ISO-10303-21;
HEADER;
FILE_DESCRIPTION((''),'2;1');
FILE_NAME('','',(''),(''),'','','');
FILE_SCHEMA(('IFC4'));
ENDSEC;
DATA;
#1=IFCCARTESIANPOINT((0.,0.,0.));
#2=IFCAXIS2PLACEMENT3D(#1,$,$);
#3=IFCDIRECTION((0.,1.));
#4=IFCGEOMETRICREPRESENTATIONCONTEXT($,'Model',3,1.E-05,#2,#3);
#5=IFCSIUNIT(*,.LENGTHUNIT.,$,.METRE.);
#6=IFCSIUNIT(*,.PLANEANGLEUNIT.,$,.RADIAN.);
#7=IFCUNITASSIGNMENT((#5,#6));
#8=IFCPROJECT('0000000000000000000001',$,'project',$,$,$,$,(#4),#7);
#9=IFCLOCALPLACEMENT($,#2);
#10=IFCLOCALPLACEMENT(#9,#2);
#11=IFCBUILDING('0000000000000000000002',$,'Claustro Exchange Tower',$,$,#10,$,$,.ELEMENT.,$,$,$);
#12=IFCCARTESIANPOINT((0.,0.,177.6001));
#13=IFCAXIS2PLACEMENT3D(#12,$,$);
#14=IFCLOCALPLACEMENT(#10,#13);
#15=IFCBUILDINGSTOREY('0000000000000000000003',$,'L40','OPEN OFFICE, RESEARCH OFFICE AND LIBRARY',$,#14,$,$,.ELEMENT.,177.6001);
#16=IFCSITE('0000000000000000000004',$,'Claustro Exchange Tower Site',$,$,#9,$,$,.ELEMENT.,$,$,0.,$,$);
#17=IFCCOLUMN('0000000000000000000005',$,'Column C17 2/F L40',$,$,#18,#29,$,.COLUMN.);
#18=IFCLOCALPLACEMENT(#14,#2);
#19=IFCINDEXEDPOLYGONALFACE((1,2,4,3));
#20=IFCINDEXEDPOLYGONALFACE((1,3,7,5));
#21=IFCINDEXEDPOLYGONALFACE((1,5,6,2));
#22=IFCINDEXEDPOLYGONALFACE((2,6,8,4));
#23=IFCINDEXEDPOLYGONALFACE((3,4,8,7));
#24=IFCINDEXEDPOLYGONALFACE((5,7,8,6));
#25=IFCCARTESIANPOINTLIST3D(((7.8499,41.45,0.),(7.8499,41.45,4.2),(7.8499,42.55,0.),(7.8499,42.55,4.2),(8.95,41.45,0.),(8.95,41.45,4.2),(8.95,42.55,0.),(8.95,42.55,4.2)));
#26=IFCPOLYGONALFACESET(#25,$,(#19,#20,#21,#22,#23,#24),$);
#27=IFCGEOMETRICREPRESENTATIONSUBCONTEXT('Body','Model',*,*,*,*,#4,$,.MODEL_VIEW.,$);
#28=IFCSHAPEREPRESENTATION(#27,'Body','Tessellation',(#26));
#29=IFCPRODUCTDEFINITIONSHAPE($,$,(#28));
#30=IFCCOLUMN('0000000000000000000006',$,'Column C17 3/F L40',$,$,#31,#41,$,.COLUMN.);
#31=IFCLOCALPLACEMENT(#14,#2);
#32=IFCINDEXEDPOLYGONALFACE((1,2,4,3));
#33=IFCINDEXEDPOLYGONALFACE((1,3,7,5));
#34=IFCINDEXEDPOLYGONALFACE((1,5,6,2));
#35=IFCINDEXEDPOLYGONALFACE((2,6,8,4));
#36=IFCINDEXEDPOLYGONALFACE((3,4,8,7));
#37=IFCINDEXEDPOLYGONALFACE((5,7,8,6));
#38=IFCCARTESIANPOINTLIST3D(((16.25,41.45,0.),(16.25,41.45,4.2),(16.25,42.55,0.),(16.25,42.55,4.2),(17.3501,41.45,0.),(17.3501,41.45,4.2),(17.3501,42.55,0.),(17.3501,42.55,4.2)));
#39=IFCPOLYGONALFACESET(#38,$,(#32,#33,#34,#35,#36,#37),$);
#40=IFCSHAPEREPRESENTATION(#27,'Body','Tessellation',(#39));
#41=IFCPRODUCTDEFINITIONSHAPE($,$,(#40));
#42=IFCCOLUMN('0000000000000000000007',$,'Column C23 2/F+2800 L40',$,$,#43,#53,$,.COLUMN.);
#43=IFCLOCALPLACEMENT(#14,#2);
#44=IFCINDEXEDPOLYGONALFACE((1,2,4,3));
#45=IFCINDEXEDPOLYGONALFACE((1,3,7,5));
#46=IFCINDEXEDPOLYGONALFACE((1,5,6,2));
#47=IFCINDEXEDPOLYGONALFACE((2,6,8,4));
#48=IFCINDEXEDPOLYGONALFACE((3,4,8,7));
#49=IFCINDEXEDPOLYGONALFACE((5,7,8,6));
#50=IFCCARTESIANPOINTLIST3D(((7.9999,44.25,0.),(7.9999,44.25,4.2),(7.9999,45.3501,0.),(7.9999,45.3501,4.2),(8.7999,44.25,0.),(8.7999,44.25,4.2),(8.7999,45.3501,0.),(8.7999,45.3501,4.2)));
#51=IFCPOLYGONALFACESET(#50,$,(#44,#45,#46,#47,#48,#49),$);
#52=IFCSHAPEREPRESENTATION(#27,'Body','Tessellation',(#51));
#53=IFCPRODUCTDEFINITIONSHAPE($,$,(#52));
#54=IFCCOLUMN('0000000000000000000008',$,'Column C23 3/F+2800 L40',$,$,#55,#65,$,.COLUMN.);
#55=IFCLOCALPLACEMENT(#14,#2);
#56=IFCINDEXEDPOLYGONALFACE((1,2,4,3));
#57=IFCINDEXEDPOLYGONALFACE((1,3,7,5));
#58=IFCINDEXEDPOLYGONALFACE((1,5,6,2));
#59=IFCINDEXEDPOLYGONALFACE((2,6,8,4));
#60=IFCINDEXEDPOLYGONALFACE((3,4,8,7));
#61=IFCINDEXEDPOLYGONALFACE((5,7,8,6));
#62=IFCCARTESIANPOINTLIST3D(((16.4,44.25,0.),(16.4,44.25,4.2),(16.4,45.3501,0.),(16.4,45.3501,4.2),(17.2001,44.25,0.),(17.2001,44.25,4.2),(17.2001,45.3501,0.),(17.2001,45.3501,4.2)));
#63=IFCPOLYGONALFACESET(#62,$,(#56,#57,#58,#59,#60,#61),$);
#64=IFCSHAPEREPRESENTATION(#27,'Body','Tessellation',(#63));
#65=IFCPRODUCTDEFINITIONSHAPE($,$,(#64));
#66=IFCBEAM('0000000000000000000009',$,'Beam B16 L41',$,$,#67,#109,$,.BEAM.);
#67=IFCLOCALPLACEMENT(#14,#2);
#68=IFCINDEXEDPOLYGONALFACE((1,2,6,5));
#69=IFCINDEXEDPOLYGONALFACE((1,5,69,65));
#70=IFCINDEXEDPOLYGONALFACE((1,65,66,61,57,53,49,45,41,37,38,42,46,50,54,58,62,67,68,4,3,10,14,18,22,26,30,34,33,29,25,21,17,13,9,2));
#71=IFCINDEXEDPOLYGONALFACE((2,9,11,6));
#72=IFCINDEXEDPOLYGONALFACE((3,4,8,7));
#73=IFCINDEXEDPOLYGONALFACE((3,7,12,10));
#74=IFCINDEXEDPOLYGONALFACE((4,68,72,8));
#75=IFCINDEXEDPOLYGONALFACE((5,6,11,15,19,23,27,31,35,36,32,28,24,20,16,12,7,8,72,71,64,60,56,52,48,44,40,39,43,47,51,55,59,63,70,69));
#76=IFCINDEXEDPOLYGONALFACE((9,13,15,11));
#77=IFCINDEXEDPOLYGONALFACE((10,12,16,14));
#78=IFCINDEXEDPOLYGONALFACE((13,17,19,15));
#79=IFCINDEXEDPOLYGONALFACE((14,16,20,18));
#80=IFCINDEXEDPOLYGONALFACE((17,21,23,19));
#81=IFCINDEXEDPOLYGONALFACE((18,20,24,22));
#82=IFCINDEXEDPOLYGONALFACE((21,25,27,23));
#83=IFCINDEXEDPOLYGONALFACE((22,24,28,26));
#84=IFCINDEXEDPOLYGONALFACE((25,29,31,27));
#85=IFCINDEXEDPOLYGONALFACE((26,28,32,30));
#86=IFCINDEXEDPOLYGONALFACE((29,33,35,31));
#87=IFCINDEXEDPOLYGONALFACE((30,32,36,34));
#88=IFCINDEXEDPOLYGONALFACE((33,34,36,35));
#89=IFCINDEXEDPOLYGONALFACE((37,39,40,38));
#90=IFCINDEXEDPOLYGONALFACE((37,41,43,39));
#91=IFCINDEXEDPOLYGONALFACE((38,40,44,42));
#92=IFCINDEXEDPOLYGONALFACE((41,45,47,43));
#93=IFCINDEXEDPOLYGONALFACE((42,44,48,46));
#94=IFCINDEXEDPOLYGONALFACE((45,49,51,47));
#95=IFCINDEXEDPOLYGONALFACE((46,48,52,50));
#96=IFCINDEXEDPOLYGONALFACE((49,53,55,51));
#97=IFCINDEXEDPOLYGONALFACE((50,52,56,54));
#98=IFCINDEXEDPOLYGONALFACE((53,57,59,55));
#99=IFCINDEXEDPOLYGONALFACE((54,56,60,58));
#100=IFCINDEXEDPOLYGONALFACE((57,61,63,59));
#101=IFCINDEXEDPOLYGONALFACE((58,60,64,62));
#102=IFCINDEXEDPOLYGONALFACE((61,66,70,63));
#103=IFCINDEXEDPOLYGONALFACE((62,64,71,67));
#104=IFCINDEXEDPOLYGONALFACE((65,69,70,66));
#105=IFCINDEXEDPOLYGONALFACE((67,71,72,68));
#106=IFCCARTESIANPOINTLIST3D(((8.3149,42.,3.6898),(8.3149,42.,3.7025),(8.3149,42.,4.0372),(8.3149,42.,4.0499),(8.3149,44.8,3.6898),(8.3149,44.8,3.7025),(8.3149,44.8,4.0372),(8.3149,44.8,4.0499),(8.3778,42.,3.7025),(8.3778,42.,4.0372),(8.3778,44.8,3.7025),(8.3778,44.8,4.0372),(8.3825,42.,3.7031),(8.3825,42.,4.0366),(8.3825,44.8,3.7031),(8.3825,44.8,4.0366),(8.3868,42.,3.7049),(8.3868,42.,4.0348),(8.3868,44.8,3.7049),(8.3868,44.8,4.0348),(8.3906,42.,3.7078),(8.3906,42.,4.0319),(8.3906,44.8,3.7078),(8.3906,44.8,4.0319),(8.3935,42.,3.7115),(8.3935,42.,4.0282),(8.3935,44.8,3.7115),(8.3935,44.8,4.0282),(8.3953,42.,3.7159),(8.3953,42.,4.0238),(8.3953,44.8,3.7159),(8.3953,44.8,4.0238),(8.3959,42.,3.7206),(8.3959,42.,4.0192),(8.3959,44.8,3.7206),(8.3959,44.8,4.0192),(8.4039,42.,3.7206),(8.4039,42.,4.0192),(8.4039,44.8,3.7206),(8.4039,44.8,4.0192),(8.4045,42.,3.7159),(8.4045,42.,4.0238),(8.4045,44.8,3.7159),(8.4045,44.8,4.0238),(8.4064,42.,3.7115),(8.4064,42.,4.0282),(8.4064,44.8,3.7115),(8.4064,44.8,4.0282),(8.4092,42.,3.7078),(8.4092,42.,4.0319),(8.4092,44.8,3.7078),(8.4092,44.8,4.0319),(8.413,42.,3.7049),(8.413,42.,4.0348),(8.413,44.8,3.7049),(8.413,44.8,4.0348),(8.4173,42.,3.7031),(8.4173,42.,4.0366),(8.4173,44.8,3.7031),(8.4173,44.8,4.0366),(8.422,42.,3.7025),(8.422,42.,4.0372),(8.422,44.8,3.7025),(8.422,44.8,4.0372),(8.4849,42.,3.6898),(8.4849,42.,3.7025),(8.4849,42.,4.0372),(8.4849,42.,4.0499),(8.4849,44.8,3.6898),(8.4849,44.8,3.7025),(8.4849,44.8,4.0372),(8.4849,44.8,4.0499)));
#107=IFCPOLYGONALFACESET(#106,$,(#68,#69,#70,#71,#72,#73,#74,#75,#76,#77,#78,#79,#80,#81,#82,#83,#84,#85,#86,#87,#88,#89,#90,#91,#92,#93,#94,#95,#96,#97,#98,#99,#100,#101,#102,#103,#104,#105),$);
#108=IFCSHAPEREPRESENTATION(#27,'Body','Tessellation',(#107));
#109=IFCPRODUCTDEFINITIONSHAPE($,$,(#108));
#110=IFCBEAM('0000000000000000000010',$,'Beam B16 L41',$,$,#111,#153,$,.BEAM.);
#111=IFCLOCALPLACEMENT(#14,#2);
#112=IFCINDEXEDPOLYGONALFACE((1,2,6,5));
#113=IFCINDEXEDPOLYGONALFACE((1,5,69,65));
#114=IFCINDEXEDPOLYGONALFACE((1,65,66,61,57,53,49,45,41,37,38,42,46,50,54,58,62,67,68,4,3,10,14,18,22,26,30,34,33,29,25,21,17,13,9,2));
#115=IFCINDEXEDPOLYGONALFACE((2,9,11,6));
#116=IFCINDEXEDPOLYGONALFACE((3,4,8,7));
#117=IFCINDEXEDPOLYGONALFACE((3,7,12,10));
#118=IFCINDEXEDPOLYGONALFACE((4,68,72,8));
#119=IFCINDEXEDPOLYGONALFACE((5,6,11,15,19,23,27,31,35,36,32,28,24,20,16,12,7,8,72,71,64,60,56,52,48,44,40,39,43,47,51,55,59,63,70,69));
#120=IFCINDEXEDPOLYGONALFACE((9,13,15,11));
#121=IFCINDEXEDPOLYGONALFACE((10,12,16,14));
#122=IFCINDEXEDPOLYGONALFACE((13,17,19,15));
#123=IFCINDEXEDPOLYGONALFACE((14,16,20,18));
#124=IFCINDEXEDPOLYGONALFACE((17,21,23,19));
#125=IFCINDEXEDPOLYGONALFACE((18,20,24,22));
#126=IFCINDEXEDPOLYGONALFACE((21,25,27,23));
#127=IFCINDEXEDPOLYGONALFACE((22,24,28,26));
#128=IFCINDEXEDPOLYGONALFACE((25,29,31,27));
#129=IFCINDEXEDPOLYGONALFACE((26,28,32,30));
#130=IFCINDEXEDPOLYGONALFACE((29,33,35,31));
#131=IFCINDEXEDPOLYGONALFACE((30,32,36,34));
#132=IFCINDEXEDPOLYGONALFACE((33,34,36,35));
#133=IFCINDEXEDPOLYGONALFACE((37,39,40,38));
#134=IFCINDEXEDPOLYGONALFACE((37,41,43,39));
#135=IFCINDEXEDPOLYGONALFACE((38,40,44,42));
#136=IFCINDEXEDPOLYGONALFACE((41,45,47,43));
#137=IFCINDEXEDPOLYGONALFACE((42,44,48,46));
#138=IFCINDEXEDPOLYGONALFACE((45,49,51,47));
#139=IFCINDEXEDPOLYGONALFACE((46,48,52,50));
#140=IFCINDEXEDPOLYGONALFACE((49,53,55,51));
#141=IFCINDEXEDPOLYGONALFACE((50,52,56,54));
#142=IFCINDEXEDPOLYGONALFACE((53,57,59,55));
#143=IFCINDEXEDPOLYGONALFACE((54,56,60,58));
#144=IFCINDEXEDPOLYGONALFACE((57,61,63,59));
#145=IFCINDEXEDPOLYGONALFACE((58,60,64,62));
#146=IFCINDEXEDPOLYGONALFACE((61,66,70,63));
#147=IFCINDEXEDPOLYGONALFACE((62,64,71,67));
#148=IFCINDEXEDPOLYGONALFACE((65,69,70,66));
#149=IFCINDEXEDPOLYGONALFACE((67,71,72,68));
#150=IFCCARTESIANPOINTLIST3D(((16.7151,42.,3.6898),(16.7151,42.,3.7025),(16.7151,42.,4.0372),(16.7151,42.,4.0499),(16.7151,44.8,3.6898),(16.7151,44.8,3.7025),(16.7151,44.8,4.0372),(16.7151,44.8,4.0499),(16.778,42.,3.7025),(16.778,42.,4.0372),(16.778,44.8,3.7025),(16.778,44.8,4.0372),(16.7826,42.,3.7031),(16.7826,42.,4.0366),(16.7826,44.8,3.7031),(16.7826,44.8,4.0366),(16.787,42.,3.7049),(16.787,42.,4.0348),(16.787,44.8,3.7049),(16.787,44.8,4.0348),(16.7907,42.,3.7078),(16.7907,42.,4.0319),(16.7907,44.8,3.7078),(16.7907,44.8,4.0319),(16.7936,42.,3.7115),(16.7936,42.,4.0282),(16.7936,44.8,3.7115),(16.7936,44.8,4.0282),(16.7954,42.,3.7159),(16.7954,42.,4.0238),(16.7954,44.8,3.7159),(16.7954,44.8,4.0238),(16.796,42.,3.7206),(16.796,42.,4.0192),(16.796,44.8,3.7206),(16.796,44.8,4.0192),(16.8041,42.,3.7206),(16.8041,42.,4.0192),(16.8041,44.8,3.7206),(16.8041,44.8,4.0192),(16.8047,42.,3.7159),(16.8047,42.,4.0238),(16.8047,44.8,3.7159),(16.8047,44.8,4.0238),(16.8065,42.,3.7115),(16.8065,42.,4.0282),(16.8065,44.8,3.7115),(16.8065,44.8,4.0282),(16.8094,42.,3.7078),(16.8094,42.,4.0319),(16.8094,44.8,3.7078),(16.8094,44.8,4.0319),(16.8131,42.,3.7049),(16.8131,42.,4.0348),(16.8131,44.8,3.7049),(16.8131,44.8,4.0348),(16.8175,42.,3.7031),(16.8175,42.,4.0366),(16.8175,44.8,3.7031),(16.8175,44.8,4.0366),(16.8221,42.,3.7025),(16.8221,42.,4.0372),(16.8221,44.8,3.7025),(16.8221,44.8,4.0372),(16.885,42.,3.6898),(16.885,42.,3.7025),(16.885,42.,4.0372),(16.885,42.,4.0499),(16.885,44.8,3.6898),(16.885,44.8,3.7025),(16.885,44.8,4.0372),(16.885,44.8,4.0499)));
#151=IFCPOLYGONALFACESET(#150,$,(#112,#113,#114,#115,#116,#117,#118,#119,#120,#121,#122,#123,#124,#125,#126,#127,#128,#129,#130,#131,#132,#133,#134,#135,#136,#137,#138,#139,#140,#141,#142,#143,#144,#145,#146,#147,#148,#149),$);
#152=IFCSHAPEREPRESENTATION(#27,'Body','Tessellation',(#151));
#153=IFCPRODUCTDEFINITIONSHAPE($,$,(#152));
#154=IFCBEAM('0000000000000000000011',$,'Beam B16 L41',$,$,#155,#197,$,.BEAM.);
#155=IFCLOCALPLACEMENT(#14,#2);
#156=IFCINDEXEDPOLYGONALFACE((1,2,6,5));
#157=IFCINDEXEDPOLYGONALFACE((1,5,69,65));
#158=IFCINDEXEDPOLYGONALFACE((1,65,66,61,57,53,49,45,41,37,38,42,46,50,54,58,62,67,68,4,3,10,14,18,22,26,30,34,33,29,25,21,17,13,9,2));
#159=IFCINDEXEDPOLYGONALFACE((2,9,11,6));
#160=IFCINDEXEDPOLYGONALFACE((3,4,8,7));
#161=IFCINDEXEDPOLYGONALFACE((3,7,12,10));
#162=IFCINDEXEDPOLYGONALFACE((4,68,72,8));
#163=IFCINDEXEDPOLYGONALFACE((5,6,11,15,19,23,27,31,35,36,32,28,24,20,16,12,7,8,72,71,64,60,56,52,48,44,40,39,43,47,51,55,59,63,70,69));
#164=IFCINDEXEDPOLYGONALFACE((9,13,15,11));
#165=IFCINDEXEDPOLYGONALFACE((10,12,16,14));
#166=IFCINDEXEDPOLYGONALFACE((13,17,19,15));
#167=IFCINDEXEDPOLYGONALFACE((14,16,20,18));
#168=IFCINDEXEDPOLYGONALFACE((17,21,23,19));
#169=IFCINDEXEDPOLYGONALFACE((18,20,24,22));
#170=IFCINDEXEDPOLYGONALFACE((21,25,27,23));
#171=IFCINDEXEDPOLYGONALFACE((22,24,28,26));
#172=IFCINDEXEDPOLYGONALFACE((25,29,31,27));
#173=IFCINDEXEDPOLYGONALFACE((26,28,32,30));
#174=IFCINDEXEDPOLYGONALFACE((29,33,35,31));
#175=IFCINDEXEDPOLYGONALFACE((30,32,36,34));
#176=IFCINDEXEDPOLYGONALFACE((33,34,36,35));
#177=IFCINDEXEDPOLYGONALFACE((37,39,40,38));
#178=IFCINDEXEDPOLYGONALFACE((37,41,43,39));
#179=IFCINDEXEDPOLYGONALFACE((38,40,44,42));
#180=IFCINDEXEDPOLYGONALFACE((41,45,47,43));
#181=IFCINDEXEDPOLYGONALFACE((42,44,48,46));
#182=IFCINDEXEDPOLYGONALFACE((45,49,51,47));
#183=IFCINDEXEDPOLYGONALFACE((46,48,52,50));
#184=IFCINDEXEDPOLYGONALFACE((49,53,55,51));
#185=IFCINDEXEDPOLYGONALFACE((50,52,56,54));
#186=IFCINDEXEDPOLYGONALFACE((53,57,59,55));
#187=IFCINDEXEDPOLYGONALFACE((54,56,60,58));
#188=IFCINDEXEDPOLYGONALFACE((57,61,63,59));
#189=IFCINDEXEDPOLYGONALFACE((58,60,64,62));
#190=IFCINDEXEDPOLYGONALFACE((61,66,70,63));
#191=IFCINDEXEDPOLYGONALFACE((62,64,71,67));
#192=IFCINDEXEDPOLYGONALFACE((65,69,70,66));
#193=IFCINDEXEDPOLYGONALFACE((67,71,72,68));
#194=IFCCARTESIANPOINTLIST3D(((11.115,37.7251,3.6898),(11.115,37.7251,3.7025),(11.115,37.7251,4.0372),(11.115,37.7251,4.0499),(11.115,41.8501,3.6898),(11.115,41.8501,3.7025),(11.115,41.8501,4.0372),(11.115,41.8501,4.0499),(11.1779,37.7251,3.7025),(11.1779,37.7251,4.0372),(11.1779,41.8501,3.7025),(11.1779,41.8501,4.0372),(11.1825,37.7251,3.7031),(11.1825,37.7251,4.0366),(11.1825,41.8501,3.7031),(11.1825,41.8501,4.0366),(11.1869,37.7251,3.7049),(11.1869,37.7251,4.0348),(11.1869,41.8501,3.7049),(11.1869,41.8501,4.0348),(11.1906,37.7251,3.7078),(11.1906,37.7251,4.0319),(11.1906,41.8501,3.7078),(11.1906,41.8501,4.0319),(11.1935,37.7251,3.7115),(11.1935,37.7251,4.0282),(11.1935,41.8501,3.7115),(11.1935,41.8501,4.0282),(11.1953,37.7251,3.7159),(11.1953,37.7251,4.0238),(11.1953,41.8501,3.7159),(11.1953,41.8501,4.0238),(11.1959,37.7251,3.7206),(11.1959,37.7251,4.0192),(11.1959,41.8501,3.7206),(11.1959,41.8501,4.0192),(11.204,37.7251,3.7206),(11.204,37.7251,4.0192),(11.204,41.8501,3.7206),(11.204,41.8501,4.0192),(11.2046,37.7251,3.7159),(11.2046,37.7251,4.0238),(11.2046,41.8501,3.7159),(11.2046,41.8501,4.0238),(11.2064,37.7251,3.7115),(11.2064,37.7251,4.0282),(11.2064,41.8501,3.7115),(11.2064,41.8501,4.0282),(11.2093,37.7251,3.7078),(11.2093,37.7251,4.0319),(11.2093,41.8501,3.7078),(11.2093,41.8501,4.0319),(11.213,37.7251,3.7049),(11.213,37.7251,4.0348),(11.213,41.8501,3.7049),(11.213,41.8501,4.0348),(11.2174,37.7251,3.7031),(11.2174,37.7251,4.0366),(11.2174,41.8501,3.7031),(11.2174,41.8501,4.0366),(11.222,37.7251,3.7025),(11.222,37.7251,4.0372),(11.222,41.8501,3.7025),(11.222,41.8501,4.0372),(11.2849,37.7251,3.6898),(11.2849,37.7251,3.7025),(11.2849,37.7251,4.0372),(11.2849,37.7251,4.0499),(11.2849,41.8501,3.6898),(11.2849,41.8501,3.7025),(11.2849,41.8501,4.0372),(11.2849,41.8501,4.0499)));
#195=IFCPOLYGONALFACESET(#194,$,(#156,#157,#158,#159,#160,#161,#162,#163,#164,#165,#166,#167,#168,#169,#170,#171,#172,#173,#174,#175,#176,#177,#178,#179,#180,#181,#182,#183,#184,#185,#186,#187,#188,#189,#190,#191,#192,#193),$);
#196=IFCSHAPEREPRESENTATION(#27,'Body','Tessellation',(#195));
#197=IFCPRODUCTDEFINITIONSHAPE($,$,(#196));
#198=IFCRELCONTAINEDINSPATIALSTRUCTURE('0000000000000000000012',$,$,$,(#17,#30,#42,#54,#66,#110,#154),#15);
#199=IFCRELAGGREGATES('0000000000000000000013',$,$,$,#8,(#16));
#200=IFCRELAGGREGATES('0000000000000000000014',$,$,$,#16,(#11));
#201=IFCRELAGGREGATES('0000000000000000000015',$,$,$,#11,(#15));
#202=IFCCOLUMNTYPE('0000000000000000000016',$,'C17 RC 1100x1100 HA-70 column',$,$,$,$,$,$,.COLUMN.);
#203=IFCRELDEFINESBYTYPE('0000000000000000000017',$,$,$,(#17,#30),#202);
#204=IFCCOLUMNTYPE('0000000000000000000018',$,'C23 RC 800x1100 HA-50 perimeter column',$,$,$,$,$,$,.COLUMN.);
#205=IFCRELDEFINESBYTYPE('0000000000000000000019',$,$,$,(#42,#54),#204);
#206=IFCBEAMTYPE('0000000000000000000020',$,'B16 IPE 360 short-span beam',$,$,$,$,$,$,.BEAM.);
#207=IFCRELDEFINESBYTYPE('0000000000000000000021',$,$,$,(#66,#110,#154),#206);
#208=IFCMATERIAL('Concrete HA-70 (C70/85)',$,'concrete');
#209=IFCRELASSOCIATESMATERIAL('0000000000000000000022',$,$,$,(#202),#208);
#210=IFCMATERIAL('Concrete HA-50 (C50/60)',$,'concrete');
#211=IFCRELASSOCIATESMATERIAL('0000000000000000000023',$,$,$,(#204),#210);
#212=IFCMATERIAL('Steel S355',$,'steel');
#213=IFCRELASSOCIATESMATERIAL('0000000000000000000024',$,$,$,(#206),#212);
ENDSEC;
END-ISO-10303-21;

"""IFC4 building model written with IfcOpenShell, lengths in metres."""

from ifc_helpers import new_model, si_unit, direction, frame, origin, origin_2d, place, context, subcontext, project, spatial, rectangle, i_section, extrude, material, material_profile, profile_set, type_object, element, save


model = new_model("IFC4")

# Units and contexts
model_context = context("Model", 3, precision=1e-05, world=origin(), true_north=direction((0.0, 1.0)))
body_context = subcontext(model_context, "Body", "Model", "MODEL_VIEW")
ifc_project = project(units=[si_unit("LENGTHUNIT", "METRE"), si_unit("PLANEANGLEUNIT", "RADIAN")], contexts=[model_context])

# Site, building, storey
site_placement = place(None, origin())
site = spatial("IfcSite", under=ifc_project, at=site_placement, Name="Claustro Exchange Tower Site", CompositionType="ELEMENT", RefElevation=0.0)
building_placement = place(site_placement, origin())
building = spatial("IfcBuilding", under=site, at=building_placement, Name="Claustro Exchange Tower", CompositionType="ELEMENT")
storey_placement = place(building_placement, frame((0.0, 0.0, 177.6001)))
storey = spatial("IfcBuildingStorey", under=building, at=storey_placement, Name="L40", Description="OPEN OFFICE, RESEARCH OFFICE AND LIBRARY", CompositionType="ELEMENT", Elevation=177.6001)

# Columns
ifc_material_1 = material(Name="Concrete HA-70 (C70/85)", Category="concrete")
ifc_material_profile_1 = material_profile(ifc_material_1, rectangle(XDim=1.1001, YDim=1.1001, at=origin_2d()), Name="RC 1100x1100")
ifc_profile_set_1 = profile_set([ifc_material_profile_1], Name="Concrete HA-70 (C70/85)")
column_type_1 = type_object("IfcColumnType", Name="C17 RC 1100x1100 HA-70 column", PredefinedType="COLUMN", material=ifc_profile_set_1)
for number, where, z_axis, x_axis, name in (
    (1, (8.3999, 42.0, 0.0), (0.0, 0.0, 1.0), (1.0, 0.0, 0.0), "Column C17 2/F L40"),
    (2, (16.8, 42.0, 0.0), (0.0, 0.0, 1.0), (1.0, 0.0, 0.0), "Column C17 3/F L40"),
):
    element("IfcColumn", number, at=place(storey_placement, frame(where, z_axis=z_axis, x_axis=x_axis)), inside=storey, type_object=column_type_1, Name=name, PredefinedType="COLUMN", context=body_context, shape_type="SweptSolid", body=[
        extrude(rectangle(XDim=1.1001, YDim=1.1001, at=origin_2d()), origin(), (0.0, 0.0, 1.0), 4.2),
    ])
ifc_material_2 = material(Name="Concrete HA-50 (C50/60)", Category="concrete")
ifc_material_profile_2 = material_profile(ifc_material_2, rectangle(XDim=0.8, YDim=1.1001, at=origin_2d()), Name="RC 800x1100")
ifc_profile_set_2 = profile_set([ifc_material_profile_2], Name="Concrete HA-50 (C50/60)")
column_type_2 = type_object("IfcColumnType", Name="C23 RC 800x1100 HA-50 perimeter column", PredefinedType="COLUMN", material=ifc_profile_set_2)
for number, where, z_axis, x_axis, name in (
    (3, (8.3999, 44.8, 0.0), (0.0, 0.0, 1.0), (1.0, 0.0, 0.0), "Column C23 2/F+2800 L40"),
    (4, (16.8, 44.8, 0.0), (0.0, 0.0, 1.0), (1.0, 0.0, 0.0), "Column C23 3/F+2800 L40"),
):
    element("IfcColumn", number, at=place(storey_placement, frame(where, z_axis=z_axis, x_axis=x_axis)), inside=storey, type_object=column_type_2, Name=name, PredefinedType="COLUMN", context=body_context, shape_type="SweptSolid", body=[
        extrude(rectangle(XDim=0.8, YDim=1.1001, at=origin_2d()), origin(), (0.0, 0.0, 1.0), 4.2),
    ])

# Beams
ifc_material_3 = material(Name="Steel S355", Category="steel")
ifc_material_profile_3 = material_profile(ifc_material_3, i_section(OverallWidth=0.1699, OverallDepth=0.3601, WebThickness=0.0081, FlangeThickness=0.0127, FilletRadius=0.0181, at=origin_2d()), Name="IPE 360")
ifc_profile_set_3 = profile_set([ifc_material_profile_3], Name="Steel S355")
beam_type_1 = type_object("IfcBeamType", Name="B16 IPE 360 short-span beam", PredefinedType="BEAM", material=ifc_profile_set_3)
for number, where, z_axis, x_axis, name in (
    (5, (8.3999, 42.0, 3.8699), (0.0, 1.0, 0.0), (-1.0, 0.0, 0.0), "Beam B16 L41"),
    (6, (16.8, 42.0, 3.8699), (0.0, 1.0, 0.0), (-1.0, 0.0, 0.0), "Beam B16 L41"),
):
    element("IfcBeam", number, at=place(storey_placement, frame(where, z_axis=z_axis, x_axis=x_axis)), inside=storey, type_object=beam_type_1, Name=name, PredefinedType="BEAM", context=body_context, shape_type="SweptSolid", body=[
        extrude(i_section(OverallWidth=0.1699, OverallDepth=0.3601, WebThickness=0.0081, FlangeThickness=0.0127, FilletRadius=0.0181, at=origin_2d()), origin(), (0.0, 0.0, 1.0), 2.8),
    ])
for number, where, z_axis, x_axis, name in (
    (7, (11.2, 37.7251, 3.8699), (0.0, 1.0, 0.0), (-1.0, 0.0, 0.0), "Beam B16 L41"),
):
    element("IfcBeam", number, at=place(storey_placement, frame(where, z_axis=z_axis, x_axis=x_axis)), inside=storey, type_object=beam_type_1, Name=name, PredefinedType="BEAM", context=body_context, shape_type="SweptSolid", body=[
        extrude(i_section(OverallWidth=0.1699, OverallDepth=0.3601, WebThickness=0.0081, FlangeThickness=0.0127, FilletRadius=0.0181, at=origin_2d()), origin(), (0.0, 0.0, 1.0), 4.125),
    ])

save(model, "model.ifc")
